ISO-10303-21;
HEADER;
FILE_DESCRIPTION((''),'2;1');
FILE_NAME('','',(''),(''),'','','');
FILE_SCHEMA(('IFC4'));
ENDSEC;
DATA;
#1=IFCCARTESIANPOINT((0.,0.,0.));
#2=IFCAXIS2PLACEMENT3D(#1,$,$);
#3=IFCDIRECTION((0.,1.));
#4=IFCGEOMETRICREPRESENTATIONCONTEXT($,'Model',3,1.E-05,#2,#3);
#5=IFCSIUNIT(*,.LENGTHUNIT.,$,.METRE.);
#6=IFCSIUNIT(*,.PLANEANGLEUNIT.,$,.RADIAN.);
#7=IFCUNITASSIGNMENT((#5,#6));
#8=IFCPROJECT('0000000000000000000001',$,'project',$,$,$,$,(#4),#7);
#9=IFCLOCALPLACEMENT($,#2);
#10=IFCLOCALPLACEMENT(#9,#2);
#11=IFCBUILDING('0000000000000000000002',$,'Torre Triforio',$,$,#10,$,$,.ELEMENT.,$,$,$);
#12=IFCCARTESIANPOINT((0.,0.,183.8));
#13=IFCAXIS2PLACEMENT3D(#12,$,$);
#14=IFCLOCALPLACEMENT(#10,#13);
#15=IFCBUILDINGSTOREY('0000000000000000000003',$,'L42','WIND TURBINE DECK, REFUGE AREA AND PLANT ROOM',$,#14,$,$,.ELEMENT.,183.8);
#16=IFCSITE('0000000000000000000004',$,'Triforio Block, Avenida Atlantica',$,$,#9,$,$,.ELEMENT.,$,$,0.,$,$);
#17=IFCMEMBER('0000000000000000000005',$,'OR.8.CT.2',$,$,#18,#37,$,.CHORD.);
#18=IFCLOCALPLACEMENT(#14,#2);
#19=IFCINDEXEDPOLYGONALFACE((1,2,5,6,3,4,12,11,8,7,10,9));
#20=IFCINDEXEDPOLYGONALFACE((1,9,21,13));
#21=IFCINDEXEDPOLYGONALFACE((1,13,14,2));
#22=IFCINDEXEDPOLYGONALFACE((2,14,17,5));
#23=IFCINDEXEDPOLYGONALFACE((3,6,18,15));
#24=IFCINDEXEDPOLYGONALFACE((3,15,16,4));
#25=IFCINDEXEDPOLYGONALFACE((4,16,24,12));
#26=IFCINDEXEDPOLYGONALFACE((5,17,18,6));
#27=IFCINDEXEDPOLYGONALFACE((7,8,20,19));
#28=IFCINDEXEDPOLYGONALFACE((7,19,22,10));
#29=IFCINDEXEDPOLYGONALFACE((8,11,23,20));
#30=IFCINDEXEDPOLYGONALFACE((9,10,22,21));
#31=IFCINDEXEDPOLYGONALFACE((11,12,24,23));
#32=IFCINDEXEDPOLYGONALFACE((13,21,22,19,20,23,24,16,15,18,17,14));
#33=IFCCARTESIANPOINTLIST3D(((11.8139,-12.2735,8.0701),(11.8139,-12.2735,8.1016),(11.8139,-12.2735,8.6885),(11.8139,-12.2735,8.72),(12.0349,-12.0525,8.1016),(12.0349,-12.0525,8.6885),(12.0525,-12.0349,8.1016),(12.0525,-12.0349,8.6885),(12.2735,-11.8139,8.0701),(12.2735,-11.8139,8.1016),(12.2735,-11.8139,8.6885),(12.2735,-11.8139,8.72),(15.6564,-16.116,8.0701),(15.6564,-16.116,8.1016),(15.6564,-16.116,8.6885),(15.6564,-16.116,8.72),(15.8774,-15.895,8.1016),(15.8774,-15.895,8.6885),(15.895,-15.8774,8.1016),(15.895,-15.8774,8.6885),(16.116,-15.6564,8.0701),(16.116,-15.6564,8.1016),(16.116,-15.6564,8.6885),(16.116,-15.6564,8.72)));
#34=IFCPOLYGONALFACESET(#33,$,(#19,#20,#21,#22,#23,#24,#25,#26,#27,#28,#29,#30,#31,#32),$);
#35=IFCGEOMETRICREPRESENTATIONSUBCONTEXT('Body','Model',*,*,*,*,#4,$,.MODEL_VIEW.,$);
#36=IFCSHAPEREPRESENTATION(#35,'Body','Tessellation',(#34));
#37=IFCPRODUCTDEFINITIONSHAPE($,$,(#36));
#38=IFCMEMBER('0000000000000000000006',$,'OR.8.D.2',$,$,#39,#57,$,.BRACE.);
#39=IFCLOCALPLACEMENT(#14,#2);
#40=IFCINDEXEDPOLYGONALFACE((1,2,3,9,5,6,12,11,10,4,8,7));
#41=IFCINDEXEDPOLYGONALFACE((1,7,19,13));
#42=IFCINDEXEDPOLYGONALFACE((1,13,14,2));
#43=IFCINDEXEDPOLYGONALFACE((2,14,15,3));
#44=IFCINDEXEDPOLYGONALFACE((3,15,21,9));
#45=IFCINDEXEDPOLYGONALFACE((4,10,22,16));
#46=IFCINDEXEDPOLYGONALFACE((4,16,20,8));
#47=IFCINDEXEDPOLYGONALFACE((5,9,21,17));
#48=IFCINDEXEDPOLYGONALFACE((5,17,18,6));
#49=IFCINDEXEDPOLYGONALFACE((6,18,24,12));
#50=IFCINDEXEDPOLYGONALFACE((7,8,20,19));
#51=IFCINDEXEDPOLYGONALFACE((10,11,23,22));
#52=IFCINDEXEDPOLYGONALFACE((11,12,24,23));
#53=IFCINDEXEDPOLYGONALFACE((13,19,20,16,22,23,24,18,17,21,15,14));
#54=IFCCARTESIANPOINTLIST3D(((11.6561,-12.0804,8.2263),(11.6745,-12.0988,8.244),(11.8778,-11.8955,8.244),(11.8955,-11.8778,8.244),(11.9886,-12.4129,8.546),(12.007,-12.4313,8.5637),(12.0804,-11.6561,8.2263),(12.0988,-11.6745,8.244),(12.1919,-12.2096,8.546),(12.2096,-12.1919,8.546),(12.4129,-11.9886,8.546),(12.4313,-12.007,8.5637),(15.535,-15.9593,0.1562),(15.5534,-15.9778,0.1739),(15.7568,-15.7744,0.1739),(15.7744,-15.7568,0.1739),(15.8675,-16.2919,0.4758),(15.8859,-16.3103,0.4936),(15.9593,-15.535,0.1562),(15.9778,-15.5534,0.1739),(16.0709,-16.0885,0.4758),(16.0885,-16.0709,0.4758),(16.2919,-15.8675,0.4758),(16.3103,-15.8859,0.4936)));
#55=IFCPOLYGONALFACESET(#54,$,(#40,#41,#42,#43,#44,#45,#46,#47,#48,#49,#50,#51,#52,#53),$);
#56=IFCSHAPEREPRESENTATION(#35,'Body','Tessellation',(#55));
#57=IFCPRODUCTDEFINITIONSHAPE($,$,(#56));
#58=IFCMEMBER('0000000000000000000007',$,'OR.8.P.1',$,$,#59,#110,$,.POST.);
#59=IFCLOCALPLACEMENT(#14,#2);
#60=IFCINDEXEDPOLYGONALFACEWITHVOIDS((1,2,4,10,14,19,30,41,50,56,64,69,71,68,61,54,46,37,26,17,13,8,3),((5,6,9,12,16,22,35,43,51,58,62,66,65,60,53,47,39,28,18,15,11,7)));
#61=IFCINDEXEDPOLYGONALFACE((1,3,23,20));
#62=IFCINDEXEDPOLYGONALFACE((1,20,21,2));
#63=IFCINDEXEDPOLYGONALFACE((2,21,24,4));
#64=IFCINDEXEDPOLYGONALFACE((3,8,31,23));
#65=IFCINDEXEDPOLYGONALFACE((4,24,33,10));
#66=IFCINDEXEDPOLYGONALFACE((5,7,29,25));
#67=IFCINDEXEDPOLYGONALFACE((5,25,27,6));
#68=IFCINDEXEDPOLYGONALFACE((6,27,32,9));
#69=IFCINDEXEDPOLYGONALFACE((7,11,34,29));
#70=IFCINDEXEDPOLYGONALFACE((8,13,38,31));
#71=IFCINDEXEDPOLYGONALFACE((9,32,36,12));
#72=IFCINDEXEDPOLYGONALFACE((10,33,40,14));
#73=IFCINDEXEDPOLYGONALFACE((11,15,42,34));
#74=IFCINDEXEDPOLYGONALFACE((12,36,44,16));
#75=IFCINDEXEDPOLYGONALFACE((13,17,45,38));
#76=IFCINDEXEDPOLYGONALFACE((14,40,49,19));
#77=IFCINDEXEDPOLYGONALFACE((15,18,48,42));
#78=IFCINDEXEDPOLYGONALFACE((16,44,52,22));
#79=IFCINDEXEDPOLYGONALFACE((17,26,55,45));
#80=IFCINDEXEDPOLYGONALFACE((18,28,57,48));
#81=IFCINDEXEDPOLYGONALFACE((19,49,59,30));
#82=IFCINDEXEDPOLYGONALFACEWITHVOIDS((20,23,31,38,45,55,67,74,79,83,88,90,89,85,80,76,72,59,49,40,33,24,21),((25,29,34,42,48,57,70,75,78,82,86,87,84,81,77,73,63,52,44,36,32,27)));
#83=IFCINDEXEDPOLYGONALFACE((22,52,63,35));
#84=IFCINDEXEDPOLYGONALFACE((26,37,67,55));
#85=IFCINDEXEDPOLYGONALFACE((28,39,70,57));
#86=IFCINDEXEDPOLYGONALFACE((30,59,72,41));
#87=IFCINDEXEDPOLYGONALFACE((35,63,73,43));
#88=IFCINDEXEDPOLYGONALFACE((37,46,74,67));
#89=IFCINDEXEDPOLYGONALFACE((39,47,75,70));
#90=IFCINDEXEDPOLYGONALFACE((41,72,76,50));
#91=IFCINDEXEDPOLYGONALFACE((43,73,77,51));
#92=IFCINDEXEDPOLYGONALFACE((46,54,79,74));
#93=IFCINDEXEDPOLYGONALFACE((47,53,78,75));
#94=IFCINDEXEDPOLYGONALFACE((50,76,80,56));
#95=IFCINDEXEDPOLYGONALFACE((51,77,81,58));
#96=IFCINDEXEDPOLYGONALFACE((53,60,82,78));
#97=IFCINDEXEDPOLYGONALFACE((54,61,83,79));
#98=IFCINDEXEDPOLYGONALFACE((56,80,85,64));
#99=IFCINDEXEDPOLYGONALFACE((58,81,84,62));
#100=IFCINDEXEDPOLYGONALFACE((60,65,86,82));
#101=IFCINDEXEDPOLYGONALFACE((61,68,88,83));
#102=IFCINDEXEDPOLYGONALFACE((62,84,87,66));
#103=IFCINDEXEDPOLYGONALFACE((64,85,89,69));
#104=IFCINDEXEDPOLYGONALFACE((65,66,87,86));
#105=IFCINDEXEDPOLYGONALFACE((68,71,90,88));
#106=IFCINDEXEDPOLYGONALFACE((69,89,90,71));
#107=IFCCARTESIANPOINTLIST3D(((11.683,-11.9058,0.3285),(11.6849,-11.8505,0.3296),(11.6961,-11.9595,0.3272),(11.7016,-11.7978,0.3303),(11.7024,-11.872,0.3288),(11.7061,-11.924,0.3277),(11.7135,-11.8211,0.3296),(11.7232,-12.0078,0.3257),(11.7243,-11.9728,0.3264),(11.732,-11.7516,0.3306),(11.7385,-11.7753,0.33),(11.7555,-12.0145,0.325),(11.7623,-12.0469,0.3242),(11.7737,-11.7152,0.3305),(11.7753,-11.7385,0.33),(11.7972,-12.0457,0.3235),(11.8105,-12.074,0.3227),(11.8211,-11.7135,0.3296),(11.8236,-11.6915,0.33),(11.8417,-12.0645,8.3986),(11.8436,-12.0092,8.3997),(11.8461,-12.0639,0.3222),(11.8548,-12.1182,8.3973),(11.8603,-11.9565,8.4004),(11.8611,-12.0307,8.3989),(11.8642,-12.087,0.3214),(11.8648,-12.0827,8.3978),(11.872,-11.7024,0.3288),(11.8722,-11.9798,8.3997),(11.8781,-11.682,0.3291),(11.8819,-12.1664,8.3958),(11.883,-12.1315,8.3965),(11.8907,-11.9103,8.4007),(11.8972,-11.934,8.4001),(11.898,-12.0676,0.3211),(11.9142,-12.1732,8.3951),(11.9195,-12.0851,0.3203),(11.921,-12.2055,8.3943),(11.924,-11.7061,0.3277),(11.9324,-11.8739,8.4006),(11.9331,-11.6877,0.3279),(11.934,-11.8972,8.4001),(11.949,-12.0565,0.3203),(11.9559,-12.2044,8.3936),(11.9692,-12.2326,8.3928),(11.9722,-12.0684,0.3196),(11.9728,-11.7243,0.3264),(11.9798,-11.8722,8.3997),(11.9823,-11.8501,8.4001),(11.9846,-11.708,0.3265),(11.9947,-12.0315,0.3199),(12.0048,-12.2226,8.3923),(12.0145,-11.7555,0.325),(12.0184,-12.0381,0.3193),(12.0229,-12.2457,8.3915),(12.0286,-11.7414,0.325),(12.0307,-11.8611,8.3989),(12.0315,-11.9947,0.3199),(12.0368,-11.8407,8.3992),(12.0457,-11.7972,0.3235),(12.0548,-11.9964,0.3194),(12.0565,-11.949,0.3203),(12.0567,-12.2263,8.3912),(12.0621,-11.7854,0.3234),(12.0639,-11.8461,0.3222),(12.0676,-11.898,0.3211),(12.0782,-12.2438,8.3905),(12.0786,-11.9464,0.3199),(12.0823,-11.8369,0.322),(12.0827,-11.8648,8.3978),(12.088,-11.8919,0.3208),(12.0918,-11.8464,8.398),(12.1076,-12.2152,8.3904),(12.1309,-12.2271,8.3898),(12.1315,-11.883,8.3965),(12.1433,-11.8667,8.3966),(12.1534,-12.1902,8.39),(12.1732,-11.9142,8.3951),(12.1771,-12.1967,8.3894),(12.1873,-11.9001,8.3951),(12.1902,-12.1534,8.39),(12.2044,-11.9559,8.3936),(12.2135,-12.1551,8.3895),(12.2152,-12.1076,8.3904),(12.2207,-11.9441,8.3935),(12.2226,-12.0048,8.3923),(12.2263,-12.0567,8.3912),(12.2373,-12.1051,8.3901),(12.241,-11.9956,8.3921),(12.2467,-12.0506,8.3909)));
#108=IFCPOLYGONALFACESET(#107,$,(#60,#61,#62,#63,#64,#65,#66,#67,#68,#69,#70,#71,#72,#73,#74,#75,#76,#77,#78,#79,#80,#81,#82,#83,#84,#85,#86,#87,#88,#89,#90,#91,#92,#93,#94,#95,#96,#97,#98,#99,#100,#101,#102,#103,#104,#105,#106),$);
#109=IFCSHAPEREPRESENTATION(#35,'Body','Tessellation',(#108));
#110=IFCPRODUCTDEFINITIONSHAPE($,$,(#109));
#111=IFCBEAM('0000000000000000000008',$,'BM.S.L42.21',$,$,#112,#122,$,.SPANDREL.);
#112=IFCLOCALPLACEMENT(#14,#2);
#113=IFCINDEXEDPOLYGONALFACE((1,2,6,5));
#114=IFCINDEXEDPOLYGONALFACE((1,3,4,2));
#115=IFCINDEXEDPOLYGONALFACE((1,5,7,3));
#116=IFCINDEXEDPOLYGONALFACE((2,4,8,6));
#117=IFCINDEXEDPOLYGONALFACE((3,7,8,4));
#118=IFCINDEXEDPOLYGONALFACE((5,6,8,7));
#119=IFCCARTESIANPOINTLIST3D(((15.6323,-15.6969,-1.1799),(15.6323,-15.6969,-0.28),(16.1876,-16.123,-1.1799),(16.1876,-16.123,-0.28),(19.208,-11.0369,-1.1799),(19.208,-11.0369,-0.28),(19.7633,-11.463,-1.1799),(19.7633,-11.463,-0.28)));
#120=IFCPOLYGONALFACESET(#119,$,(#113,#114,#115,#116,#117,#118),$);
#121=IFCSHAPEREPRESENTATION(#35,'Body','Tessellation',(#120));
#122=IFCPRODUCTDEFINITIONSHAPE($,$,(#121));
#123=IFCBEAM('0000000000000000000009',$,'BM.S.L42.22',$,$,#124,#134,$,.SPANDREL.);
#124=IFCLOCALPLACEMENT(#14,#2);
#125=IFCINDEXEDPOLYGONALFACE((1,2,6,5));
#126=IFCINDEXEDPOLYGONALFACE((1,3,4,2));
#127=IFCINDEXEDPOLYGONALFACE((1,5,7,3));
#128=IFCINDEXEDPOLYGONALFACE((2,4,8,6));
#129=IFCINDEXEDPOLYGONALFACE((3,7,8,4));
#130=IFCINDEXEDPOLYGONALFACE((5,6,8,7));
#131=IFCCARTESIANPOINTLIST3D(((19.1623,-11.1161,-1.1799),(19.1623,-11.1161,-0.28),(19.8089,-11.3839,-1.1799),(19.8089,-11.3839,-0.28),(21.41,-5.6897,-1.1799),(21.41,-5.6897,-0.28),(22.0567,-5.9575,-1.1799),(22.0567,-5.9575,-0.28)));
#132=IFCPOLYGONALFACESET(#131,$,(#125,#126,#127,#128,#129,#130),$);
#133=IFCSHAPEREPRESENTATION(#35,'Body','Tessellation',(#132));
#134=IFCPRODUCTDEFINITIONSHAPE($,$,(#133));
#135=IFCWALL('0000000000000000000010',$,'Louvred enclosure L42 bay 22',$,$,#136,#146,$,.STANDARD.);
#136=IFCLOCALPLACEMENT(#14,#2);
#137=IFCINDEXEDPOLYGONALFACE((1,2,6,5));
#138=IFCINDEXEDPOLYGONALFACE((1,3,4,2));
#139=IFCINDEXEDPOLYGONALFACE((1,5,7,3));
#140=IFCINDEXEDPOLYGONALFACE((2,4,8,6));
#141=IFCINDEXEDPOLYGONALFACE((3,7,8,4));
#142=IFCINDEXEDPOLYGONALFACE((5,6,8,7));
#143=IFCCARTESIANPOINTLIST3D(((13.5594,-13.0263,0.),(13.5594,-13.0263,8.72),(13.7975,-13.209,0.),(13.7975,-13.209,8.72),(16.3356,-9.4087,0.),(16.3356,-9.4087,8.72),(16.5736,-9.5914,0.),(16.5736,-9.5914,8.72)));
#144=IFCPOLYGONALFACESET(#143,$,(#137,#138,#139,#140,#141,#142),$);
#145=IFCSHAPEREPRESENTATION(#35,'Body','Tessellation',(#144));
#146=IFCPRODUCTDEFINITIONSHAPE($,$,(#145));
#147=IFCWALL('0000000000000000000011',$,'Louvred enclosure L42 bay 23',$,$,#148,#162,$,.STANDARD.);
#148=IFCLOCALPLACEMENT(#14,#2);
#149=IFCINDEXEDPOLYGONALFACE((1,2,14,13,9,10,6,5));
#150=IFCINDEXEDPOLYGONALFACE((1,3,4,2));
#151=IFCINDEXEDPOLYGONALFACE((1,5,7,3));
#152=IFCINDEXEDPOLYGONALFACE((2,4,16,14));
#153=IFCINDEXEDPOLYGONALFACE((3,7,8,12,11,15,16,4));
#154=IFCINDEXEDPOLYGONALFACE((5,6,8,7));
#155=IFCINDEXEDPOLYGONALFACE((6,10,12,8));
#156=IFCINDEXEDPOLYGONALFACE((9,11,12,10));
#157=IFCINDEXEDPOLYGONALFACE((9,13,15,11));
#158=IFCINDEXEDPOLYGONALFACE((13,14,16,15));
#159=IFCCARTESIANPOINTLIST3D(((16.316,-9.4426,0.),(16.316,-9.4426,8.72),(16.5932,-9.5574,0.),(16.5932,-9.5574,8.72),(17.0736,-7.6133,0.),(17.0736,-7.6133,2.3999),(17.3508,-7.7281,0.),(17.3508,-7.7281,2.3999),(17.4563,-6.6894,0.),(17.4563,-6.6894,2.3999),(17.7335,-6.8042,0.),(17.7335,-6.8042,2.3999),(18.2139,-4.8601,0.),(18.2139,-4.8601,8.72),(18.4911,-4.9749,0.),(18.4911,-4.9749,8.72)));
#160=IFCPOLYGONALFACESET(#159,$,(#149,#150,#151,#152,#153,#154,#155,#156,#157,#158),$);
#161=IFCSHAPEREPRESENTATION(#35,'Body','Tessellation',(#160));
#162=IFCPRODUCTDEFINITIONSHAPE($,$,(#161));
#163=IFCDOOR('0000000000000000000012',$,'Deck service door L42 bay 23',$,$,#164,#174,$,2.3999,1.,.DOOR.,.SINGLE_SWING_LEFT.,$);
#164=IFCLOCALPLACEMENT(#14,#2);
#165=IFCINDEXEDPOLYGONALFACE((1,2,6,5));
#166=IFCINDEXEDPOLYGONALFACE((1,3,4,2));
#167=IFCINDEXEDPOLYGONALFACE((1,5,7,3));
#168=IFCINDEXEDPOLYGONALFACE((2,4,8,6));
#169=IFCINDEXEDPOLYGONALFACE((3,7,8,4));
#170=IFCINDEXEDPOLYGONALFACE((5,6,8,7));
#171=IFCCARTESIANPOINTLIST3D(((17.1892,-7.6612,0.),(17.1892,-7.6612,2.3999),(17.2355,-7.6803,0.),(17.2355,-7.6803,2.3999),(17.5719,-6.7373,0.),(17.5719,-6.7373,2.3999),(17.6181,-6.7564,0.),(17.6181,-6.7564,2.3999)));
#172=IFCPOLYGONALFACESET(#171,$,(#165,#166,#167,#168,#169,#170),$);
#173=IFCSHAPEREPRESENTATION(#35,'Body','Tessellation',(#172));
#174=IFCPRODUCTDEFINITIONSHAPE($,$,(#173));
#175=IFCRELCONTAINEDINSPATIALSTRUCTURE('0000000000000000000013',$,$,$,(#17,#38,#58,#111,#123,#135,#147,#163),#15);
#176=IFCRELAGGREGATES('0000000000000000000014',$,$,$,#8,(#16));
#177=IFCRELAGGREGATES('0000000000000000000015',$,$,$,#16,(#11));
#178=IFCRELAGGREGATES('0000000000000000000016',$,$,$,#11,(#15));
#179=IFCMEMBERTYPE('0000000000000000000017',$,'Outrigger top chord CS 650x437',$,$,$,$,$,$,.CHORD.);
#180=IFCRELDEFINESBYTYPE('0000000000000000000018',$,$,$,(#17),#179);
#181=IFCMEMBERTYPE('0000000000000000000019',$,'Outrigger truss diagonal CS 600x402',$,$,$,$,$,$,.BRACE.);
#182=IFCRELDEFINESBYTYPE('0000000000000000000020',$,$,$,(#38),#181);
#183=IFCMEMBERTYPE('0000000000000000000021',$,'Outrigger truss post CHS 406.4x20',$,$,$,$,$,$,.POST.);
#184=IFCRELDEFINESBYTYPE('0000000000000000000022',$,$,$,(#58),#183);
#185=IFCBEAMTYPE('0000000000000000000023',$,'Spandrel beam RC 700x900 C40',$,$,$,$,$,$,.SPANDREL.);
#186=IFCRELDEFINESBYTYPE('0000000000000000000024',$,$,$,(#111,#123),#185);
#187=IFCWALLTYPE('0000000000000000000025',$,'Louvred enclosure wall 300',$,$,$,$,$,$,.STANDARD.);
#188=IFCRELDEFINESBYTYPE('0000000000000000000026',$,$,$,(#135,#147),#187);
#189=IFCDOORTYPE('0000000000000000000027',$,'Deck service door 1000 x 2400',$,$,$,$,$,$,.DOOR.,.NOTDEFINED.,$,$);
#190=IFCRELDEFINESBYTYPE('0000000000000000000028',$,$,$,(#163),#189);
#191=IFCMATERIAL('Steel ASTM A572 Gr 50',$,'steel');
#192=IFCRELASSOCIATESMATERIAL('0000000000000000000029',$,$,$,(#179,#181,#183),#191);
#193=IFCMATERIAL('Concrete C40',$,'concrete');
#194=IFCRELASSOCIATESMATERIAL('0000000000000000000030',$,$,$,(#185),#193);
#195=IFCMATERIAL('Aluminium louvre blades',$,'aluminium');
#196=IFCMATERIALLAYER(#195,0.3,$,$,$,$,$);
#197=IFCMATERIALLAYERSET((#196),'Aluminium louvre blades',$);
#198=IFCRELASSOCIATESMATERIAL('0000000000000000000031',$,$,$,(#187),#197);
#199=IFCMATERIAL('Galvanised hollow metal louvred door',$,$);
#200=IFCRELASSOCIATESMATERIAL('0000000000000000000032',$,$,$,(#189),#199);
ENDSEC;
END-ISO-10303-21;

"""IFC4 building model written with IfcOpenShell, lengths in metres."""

from ifc_helpers import new_model, si_unit, direction, frame, frame_2d, origin, origin_2d, place, context, subcontext, project, spatial, rectangle, hollow_circle, i_section, extrude, material, layer, layer_set, material_profile, profile_set, type_object, element, fill, save


model = new_model("IFC4")

# Units and contexts
model_context = context("Model", 3, precision=1e-05, world=origin(), true_north=direction((0.0, 1.0)))
body_context = subcontext(model_context, "Body", "Model", "MODEL_VIEW")
ifc_project = project(units=[si_unit("LENGTHUNIT", "METRE"), si_unit("PLANEANGLEUNIT", "RADIAN")], contexts=[model_context])

# Site, building, storey
site_placement = place(None, origin())
site = spatial("IfcSite", under=ifc_project, at=site_placement, Name="Triforio Block, Avenida Atlantica", CompositionType="ELEMENT", RefElevation=0.0)
building_placement = place(site_placement, origin())
building = spatial("IfcBuilding", under=site, at=building_placement, Name="Torre Triforio", CompositionType="ELEMENT")
storey_placement = place(building_placement, frame((0.0, 0.0, 183.8)))
storey = spatial("IfcBuildingStorey", under=building, at=storey_placement, Name="L42", Description="WIND TURBINE DECK, REFUGE AREA AND PLANT ROOM", CompositionType="ELEMENT", Elevation=183.8)

# Members
ifc_material_1 = material(Name="Steel ASTM A572 Gr 50", Category="steel")
ifc_material_profile_1 = material_profile(ifc_material_1, i_section(OverallWidth=0.6499, OverallDepth=0.6499, WebThickness=0.0249, FlangeThickness=0.0315, at=origin_2d()), Name="CS 650x437")
ifc_profile_set_1 = profile_set([ifc_material_profile_1], Name="Steel ASTM A572 Gr 50")
member_type_1 = type_object("IfcMemberType", Name="Outrigger top chord CS 650x437", PredefinedType="CHORD", material=ifc_profile_set_1)
member_1_placement = place(storey_placement, frame((12.0437, -12.0437, 8.395), z_axis=(0.707107, -0.707107, 0.0), x_axis=(0.707107, 0.707107, 0.0)))
element("IfcMember", 1, at=member_1_placement, inside=storey, type_object=member_type_1, Name="OR.8.CT.2", PredefinedType="CHORD", context=body_context, shape_type="SweptSolid", body=[
    extrude(i_section(OverallWidth=0.6499, OverallDepth=0.6499, WebThickness=0.0249, FlangeThickness=0.0315, at=origin_2d()), origin(), (0.0, 0.0, 1.0), 5.4341),
])
ifc_material_profile_2 = material_profile(ifc_material_1, i_section(OverallWidth=0.6001, OverallDepth=0.6001, WebThickness=0.0249, FlangeThickness=0.0315, at=origin_2d()), Name="CS 600x402")
ifc_profile_set_2 = profile_set([ifc_material_profile_2], Name="Steel ASTM A572 Gr 50")
member_type_2 = type_object("IfcMemberType", Name="Outrigger truss diagonal CS 600x402", PredefinedType="BRACE", material=ifc_profile_set_2)
member_2_placement = place(storey_placement, frame((12.0437, -12.0437, 8.395), z_axis=(0.397512, -0.397512, -0.827024), x_axis=(0.707107, 0.707107, 0.0)))
element("IfcMember", 2, at=member_2_placement, inside=storey, type_object=member_type_2, Name="OR.8.D.2", PredefinedType="BRACE", context=body_context, shape_type="SweptSolid", body=[
    extrude(i_section(OverallWidth=0.6001, OverallDepth=0.6001, WebThickness=0.0249, FlangeThickness=0.0315, at=origin_2d()), origin(), (0.0, 0.0, 1.0), 9.7581),
])
ifc_material_profile_3 = material_profile(ifc_material_1, hollow_circle(Radius=0.2031, WallThickness=0.02, at=origin_2d()), Name="CHS 406.4x20")
ifc_profile_set_3 = profile_set([ifc_material_profile_3], Name="Steel ASTM A572 Gr 50")
member_type_3 = type_object("IfcMemberType", Name="Outrigger truss post CHS 406.4x20", PredefinedType="POST", material=ifc_profile_set_3)
member_3_placement = place(storey_placement, frame((11.885, -11.885, 0.325), z_axis=(0.019657, -0.019657, 0.999614), x_axis=(0.707107, 0.707107, 0.0)))
element("IfcMember", 3, at=member_3_placement, inside=storey, type_object=member_type_3, Name="OR.8.P.1", PredefinedType="POST", context=body_context, shape_type="SweptSolid", body=[
    extrude(hollow_circle(Radius=0.2031, WallThickness=0.02, at=origin_2d()), origin(), (0.0, 0.0, 1.0), 8.0732),
])

# Beams
ifc_material_2 = material(Name="Concrete C40", Category="concrete")
ifc_material_profile_4 = material_profile(ifc_material_2, rectangle(XDim=0.7, YDim=0.8999, at=origin_2d()), Name="RC 700x900")
ifc_profile_set_4 = profile_set([ifc_material_profile_4], Name="Concrete C40")
beam_type = type_object("IfcBeamType", Name="Spandrel beam RC 700x900 C40", PredefinedType="SPANDREL", material=ifc_profile_set_4)
beam_1_placement = place(storey_placement, frame((15.9099, -15.9099, -0.73), z_axis=(0.608762, 0.793353, 0.0), x_axis=(-0.793353, 0.608762, 0.0)))
element("IfcBeam", 4, at=beam_1_placement, inside=storey, type_object=beam_type, Name="BM.S.L42.21", PredefinedType="SPANDREL", context=body_context, shape_type="SweptSolid", body=[
    extrude(rectangle(XDim=0.7, YDim=0.8999, at=origin_2d()), origin(), (0.0, 0.0, 1.0), 5.8738),
])
beam_2_placement = place(storey_placement, frame((19.4856, -11.25, -0.73), z_axis=(0.382693, 0.923875, 0.0), x_axis=(-0.923875, 0.382693, 0.0)))
element("IfcBeam", 5, at=beam_2_placement, inside=storey, type_object=beam_type, Name="BM.S.L42.22", PredefinedType="SPANDREL", context=body_context, shape_type="SweptSolid", body=[
    extrude(rectangle(XDim=0.7, YDim=0.8999, at=origin_2d()), origin(), (0.0, 0.0, 1.0), 5.8735),
])

# Wall
ifc_material_3 = material(Name="Aluminium louvre blades", Category="aluminium")
ifc_layer_1 = layer(ifc_material_3, 0.3)
ifc_layer_set_1 = layer_set([ifc_layer_1], Name="Aluminium louvre blades")
wall_type = type_object("IfcWallType", Name="Louvred enclosure wall 300", PredefinedType="STANDARD", material=ifc_layer_set_1)
wall_1_placement = place(storey_placement, frame((13.6785, -13.1177, 0.0), z_axis=(0.0, 0.0, 1.0), x_axis=(0.608787, 0.793334, 0.0)))
element("IfcWall", 6, at=wall_1_placement, inside=storey, type_object=wall_type, Name="Louvred enclosure L42 bay 22", PredefinedType="STANDARD", context=body_context, shape_type="SweptSolid", body=[
    extrude(rectangle(XDim=4.5601, YDim=0.3, at=frame_2d((2.28, 0.0))), origin(), (0.0, 0.0, 1.0), 8.72),
])

# Wall, opening, door
wall_2_placement = place(storey_placement, frame((16.4546, -9.5, 0.0), z_axis=(0.0, 0.0, 1.0), x_axis=(0.38265, 0.923893, 0.0)))
wall_2 = element("IfcWall", 7, at=wall_2_placement, inside=storey, type_object=wall_type, Name="Louvred enclosure L42 bay 23", PredefinedType="STANDARD", context=body_context, shape_type="SweptSolid", body=[
    extrude(rectangle(XDim=4.96, YDim=0.3, at=frame_2d((2.48, 0.0))), origin(), (0.0, 0.0, 1.0), 8.72),
])
opening_placement = place(wall_2_placement, frame((1.98, 0.0, 0.0)))
opening = element("IfcOpeningElement", 8, at=opening_placement, cuts=wall_2, PredefinedType="OPENING", context=body_context, shape_type="SweptSolid", body=[
    extrude(rectangle(XDim=1.0, YDim=2.3999, at=frame_2d((0.5, 1.2))), frame((0.0, 0.1599, 0.0), z_axis=(0.0, -1.0, 0.0), x_axis=(1.0, 0.0, 0.0)), (0.0, 0.0, 1.0), 0.3201),
])
ifc_material_4 = material(Name="Galvanised hollow metal louvred door")
door_type = type_object("IfcDoorType", Name="Deck service door 1000 x 2400", OperationType="NOTDEFINED", PredefinedType="DOOR", material=ifc_material_4)
door_placement = place(opening_placement, origin())
door = element("IfcDoor", 9, at=door_placement, inside=storey, type_object=door_type, Name="Deck service door L42 bay 23", OperationType="SINGLE_SWING_LEFT", OverallHeight=2.3999, OverallWidth=1.0, PredefinedType="DOOR", context=body_context, shape_type="SweptSolid", body=[
    extrude(rectangle(XDim=1.0, YDim=2.3999, at=frame_2d((0.5, 1.2))), frame((0.0, 0.0249, 0.0), z_axis=(0.0, -1.0, 0.0), x_axis=(1.0, 0.0, 0.0)), (0.0, 0.0, 1.0), 0.05),
])
fill(opening, door)

save(model, "model.ifc")
